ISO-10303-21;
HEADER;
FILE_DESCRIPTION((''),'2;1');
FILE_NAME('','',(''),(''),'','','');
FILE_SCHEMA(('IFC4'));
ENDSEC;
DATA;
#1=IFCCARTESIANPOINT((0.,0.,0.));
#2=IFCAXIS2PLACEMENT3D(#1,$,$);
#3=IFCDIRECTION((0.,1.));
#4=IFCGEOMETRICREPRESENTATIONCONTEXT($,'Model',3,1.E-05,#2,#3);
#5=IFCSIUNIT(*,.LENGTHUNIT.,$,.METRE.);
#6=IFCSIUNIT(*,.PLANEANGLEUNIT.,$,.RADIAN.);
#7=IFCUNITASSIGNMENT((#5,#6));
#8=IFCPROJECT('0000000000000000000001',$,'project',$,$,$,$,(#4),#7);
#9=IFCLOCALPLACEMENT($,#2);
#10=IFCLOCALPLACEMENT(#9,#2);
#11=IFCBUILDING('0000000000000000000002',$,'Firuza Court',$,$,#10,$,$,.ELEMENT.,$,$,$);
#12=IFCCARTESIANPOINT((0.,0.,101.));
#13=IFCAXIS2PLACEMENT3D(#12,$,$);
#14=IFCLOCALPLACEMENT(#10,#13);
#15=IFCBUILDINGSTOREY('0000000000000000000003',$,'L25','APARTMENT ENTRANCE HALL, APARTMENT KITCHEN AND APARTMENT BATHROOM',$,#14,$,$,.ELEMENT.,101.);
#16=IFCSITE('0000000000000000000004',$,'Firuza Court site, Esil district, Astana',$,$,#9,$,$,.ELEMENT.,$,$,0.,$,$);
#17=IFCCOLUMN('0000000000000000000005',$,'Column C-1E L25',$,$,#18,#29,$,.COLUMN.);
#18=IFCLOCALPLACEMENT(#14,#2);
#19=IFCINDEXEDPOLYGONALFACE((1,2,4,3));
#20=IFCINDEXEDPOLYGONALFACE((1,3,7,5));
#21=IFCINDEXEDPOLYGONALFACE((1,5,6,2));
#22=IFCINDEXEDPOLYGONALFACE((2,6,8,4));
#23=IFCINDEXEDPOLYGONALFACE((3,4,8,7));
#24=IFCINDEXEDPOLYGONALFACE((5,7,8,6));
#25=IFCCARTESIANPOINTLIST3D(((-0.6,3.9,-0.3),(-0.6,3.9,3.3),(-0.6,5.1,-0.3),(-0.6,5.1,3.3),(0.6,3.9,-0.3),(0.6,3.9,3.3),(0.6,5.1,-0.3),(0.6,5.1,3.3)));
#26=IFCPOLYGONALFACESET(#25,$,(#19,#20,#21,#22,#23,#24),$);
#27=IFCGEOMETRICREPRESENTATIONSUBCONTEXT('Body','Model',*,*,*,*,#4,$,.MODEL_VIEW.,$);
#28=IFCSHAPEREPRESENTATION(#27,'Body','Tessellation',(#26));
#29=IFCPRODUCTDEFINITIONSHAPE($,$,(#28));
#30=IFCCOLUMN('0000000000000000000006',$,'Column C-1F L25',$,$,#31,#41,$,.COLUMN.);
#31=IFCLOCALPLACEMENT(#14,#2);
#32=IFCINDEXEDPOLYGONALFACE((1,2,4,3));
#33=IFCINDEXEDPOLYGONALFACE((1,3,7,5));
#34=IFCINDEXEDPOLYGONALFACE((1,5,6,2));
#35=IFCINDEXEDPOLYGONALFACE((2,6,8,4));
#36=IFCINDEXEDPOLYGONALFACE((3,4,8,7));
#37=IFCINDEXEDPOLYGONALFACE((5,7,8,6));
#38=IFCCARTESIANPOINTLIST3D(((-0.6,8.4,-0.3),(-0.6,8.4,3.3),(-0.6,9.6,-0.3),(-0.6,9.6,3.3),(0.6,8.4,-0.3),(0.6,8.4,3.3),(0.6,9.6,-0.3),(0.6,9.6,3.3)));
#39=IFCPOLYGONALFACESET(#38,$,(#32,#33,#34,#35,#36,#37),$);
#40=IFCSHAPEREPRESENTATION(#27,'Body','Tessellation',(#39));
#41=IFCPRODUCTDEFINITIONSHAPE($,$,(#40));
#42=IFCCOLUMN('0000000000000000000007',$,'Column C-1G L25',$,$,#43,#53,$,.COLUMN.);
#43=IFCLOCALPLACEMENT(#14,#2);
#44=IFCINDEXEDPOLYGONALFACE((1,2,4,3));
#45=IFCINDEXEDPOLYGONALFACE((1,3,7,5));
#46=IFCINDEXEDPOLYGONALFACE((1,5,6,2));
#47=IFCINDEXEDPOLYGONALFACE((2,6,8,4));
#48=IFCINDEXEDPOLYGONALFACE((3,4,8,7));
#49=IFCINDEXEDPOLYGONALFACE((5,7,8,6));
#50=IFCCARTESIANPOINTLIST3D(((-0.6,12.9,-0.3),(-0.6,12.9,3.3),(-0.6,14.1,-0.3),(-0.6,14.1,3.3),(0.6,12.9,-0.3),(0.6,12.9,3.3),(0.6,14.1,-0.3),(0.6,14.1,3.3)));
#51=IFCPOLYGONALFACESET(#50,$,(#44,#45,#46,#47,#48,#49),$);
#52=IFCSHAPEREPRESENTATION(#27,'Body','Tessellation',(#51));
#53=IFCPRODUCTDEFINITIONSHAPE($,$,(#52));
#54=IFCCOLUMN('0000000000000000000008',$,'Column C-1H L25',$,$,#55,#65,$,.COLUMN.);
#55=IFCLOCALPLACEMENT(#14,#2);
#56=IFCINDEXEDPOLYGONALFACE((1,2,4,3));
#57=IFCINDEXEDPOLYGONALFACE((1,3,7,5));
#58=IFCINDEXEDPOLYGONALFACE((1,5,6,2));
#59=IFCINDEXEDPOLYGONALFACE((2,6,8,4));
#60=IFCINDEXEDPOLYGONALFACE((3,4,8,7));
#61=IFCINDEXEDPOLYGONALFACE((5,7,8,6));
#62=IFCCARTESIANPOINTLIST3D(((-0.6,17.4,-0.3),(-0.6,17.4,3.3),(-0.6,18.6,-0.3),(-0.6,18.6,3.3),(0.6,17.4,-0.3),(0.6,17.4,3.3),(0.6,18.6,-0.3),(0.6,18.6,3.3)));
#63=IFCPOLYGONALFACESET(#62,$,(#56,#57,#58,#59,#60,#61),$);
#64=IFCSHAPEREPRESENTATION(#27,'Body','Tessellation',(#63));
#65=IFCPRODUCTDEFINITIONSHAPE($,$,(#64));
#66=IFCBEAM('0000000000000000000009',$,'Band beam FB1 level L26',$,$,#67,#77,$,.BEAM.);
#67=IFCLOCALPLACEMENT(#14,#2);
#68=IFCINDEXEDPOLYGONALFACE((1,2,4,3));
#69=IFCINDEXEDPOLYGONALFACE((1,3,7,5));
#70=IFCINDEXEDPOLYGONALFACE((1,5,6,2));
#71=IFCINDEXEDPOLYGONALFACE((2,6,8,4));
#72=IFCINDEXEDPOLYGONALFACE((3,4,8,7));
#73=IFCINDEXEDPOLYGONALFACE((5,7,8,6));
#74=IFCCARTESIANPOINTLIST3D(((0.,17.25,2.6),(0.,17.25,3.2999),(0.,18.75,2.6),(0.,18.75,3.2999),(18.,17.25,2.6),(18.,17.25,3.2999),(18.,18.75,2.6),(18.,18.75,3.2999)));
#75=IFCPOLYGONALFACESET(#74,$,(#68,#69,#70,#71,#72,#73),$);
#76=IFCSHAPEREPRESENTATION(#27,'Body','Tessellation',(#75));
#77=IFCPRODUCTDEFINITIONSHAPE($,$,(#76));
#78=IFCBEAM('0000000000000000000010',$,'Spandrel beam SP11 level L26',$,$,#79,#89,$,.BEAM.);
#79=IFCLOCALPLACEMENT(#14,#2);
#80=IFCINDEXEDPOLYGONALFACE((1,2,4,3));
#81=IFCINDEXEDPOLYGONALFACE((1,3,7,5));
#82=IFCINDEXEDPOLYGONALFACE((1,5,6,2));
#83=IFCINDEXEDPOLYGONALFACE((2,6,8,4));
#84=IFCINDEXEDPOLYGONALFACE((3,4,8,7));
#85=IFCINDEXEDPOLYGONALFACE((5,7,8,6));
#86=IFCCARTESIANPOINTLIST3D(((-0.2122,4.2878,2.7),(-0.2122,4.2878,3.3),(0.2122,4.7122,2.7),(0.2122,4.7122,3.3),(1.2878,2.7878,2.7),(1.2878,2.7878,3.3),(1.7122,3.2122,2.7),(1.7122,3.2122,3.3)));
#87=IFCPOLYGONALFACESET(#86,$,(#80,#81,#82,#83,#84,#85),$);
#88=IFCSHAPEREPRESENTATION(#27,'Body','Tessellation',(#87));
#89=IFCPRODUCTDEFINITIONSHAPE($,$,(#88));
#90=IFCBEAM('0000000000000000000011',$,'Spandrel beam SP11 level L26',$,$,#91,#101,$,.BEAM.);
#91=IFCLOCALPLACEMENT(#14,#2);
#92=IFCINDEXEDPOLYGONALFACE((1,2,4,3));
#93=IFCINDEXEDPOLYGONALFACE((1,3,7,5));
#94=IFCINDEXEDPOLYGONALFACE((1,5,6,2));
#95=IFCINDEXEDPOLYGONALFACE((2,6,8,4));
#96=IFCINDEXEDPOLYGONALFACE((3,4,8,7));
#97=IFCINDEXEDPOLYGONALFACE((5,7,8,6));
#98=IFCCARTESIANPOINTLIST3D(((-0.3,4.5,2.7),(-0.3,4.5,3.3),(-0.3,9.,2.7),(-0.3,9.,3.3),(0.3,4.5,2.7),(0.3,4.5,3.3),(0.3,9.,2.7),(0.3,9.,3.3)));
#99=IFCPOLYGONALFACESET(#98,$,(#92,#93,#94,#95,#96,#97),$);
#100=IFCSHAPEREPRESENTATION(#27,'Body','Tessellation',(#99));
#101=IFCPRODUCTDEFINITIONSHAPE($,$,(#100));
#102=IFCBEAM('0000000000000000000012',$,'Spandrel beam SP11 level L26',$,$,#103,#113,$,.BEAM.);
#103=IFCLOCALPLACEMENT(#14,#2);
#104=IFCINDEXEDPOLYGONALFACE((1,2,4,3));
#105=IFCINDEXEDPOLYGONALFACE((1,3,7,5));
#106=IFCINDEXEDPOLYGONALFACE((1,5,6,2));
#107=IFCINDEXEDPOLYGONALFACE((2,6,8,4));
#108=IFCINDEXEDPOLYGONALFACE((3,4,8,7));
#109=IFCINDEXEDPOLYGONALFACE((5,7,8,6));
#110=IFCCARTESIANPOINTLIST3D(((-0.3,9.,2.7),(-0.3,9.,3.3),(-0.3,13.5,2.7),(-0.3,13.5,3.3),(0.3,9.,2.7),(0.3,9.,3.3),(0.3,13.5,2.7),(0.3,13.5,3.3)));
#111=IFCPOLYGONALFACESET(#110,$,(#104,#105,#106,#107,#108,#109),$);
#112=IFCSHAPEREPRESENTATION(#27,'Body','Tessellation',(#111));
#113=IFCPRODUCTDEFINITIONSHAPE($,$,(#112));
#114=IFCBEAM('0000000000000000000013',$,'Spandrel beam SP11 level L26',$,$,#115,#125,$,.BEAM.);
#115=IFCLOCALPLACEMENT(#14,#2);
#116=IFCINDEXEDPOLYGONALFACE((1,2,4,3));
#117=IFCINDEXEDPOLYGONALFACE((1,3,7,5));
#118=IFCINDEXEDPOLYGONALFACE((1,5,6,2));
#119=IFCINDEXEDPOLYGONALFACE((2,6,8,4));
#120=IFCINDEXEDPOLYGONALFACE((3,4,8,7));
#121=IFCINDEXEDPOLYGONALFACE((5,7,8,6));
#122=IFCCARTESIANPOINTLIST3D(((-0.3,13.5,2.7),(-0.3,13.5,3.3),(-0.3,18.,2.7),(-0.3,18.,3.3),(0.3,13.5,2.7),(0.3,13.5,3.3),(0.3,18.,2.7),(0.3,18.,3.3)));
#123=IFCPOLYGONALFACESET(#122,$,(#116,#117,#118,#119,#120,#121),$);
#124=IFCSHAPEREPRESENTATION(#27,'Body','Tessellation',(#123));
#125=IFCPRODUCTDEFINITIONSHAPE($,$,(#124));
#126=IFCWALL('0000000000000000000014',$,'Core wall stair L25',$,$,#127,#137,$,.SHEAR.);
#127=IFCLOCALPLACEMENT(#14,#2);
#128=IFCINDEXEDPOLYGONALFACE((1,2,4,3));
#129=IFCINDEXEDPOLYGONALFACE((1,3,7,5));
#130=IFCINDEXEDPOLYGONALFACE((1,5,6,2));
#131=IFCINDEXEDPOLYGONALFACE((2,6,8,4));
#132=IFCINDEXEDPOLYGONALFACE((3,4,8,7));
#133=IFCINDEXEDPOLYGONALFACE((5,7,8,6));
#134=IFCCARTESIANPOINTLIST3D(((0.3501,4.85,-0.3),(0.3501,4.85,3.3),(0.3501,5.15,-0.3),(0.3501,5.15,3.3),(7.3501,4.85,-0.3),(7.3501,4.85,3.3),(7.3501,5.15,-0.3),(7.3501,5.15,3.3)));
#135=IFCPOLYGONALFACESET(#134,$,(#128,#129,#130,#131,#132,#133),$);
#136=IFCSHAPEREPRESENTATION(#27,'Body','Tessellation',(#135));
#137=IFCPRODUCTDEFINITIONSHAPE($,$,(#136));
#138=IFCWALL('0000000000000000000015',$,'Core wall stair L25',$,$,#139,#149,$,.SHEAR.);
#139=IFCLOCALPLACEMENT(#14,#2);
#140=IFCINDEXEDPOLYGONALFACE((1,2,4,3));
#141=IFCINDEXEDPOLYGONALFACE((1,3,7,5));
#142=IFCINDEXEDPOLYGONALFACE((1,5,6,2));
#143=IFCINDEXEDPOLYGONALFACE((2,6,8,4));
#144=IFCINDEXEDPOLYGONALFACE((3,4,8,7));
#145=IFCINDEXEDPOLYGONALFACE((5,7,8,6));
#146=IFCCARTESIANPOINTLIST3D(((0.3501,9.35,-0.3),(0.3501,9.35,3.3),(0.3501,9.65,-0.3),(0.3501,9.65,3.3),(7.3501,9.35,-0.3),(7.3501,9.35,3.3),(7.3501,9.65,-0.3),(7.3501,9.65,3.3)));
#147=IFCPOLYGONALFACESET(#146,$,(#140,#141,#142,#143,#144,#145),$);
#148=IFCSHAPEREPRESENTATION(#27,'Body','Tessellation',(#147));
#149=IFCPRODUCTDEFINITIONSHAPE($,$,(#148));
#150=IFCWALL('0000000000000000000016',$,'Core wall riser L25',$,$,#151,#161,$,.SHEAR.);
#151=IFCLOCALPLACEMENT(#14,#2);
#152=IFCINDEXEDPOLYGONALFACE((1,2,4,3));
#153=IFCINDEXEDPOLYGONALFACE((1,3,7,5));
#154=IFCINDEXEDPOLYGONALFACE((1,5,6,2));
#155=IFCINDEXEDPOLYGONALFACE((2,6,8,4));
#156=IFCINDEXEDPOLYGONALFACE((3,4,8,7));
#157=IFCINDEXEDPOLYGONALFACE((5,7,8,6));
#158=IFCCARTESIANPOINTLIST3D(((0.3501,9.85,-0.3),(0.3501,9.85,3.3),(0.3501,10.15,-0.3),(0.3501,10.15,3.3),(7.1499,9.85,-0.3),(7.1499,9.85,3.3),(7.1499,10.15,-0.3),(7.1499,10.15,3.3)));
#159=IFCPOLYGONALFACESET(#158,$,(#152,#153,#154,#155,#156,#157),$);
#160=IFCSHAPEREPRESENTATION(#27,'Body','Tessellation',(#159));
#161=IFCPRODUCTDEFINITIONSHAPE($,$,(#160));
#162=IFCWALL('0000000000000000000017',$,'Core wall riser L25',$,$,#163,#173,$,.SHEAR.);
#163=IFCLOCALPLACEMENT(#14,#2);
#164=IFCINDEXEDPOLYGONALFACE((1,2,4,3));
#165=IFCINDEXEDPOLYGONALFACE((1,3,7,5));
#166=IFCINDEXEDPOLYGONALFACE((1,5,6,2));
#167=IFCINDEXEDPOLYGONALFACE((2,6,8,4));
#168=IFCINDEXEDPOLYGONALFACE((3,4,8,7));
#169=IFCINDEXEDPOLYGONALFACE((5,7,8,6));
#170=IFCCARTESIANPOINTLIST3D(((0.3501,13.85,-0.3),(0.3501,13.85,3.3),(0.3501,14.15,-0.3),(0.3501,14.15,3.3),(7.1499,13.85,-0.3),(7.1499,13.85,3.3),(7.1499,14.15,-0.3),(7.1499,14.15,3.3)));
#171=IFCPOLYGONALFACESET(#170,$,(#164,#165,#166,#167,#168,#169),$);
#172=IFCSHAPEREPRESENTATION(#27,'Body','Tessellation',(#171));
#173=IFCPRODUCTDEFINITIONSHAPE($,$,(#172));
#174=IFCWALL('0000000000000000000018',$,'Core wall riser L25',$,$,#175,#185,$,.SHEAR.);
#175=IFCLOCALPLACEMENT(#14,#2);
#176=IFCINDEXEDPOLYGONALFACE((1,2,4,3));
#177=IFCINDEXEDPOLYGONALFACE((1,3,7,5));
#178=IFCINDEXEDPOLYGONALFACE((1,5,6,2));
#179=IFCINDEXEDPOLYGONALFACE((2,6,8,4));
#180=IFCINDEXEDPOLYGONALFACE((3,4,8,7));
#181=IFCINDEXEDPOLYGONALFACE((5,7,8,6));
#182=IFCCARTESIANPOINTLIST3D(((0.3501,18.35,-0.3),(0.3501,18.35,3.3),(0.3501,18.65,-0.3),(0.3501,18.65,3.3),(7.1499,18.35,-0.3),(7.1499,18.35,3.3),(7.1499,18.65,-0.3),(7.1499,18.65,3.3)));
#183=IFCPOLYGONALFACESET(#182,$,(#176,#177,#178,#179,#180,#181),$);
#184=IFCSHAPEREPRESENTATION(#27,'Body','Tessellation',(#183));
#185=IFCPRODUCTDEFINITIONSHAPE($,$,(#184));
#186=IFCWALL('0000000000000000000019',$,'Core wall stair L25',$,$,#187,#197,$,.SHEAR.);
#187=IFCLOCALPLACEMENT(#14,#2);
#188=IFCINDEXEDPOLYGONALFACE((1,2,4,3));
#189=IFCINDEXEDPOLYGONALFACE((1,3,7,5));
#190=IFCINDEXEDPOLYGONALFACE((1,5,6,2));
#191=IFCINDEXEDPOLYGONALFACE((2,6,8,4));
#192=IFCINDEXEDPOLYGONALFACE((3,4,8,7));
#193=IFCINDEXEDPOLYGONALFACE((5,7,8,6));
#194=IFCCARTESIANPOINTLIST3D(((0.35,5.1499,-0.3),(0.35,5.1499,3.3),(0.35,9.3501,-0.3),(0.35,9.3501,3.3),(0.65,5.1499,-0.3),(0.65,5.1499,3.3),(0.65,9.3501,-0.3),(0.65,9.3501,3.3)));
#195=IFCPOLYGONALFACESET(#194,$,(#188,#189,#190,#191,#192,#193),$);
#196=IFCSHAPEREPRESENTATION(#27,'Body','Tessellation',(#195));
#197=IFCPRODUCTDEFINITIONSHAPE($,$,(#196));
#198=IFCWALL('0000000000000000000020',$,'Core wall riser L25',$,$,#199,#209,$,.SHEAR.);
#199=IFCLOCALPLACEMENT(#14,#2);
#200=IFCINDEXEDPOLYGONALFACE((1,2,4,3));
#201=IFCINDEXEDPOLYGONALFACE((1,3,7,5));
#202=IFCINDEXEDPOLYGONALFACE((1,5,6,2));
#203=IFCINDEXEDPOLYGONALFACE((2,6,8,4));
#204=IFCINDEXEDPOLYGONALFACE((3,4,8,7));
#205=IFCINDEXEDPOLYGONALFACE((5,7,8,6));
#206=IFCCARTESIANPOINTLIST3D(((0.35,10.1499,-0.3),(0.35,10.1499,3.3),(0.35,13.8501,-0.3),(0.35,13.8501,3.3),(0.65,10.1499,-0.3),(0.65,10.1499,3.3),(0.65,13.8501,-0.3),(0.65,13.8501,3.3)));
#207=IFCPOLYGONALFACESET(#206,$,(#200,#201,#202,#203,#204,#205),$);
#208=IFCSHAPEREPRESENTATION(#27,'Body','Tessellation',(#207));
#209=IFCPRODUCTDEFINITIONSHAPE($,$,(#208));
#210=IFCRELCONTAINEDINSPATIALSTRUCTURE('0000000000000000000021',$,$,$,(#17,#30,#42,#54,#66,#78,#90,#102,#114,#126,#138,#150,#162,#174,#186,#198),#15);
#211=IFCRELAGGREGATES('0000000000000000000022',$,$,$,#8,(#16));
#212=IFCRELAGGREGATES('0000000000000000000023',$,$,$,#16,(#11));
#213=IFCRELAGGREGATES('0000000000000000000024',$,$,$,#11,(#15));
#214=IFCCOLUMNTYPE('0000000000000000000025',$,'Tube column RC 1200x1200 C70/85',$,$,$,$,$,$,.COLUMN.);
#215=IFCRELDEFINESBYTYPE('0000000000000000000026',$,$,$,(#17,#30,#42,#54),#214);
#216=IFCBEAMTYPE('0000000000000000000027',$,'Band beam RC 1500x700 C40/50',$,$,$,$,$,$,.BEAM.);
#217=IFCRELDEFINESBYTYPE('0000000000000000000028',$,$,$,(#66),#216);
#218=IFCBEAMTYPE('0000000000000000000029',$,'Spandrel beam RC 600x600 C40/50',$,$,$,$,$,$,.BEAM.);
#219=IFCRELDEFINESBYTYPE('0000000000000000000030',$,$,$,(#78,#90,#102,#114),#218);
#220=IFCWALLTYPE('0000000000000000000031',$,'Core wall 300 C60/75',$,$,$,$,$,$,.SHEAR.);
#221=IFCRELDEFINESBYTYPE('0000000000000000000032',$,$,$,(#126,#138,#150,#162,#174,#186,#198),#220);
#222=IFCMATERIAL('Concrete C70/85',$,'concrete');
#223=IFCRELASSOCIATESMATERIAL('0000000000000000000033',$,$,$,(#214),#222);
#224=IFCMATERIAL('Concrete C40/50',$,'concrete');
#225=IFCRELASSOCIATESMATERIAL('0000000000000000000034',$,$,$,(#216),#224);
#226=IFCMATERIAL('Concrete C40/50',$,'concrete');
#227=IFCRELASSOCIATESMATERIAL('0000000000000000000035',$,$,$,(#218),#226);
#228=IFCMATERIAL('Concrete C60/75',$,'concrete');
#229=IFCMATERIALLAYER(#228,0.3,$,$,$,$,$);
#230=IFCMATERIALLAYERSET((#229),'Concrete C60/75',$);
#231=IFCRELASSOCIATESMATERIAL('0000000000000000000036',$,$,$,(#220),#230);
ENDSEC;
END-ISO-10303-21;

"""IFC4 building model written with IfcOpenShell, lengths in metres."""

from ifc_helpers import new_model, si_unit, direction, frame, frame_2d, origin, origin_2d, place, context, subcontext, project, spatial, rectangle, extrude, material, layer, layer_set, material_profile, profile_set, type_object, element, save


model = new_model("IFC4")

# Units and contexts
model_context = context("Model", 3, precision=1e-05, world=origin(), true_north=direction((0.0, 1.0)))
body_context = subcontext(model_context, "Body", "Model", "MODEL_VIEW")
ifc_project = project(units=[si_unit("LENGTHUNIT", "METRE"), si_unit("PLANEANGLEUNIT", "RADIAN")], contexts=[model_context])

# Site, building, storey
site_placement = place(None, origin())
site = spatial("IfcSite", under=ifc_project, at=site_placement, Name="Firuza Court site, Esil district, Astana", CompositionType="ELEMENT", RefElevation=0.0)
building_placement = place(site_placement, origin())
building = spatial("IfcBuilding", under=site, at=building_placement, Name="Firuza Court", CompositionType="ELEMENT")
storey_placement = place(building_placement, frame((0.0, 0.0, 101.0)))
storey = spatial("IfcBuildingStorey", under=building, at=storey_placement, Name="L25", Description="APARTMENT ENTRANCE HALL, APARTMENT KITCHEN AND APARTMENT BATHROOM", CompositionType="ELEMENT", Elevation=101.0)

# Columns
ifc_material_1 = material(Name="Concrete C70/85", Category="concrete")
ifc_material_profile_1 = material_profile(ifc_material_1, rectangle(XDim=1.2, YDim=1.2, at=origin_2d()), Name="RC 1200x1200")
ifc_profile_set_1 = profile_set([ifc_material_profile_1], Name="Concrete C70/85")
column_type = type_object("IfcColumnType", Name="Tube column RC 1200x1200 C70/85", PredefinedType="COLUMN", material=ifc_profile_set_1)
for number, where, z_axis, x_axis, name in (
    (1, (0.0, 4.5, -0.3), (0.0, 0.0, 1.0), (1.0, 0.0, 0.0), "Column C-1E L25"),
    (2, (0.0, 9.0, -0.3), (0.0, 0.0, 1.0), (1.0, 0.0, 0.0), "Column C-1F L25"),
    (3, (0.0, 13.5, -0.3), (0.0, 0.0, 1.0), (1.0, 0.0, 0.0), "Column C-1G L25"),
    (4, (0.0, 18.0, -0.3), (0.0, 0.0, 1.0), (1.0, 0.0, 0.0), "Column C-1H L25"),
):
    element("IfcColumn", number, at=place(storey_placement, frame(where, z_axis=z_axis, x_axis=x_axis)), inside=storey, type_object=column_type, Name=name, PredefinedType="COLUMN", context=body_context, shape_type="SweptSolid", body=[
        extrude(rectangle(XDim=1.2, YDim=1.2, at=origin_2d()), origin(), (0.0, 0.0, 1.0), 3.6001),
    ])

# Beams
ifc_material_2 = material(Name="Concrete C40/50", Category="concrete")
ifc_material_profile_2 = material_profile(ifc_material_2, rectangle(XDim=1.5, YDim=0.7, at=origin_2d()), Name="RC 1500x700")
ifc_profile_set_2 = profile_set([ifc_material_profile_2], Name="Concrete C40/50")
beam_type_1 = type_object("IfcBeamType", Name="Band beam RC 1500x700 C40/50", PredefinedType="BEAM", material=ifc_profile_set_2)
beam_1_placement = place(storey_placement, frame((0.0, 18.0, 2.95), z_axis=(1.0, 0.0, 0.0), x_axis=(0.0, 1.0, 0.0)))
element("IfcBeam", 5, at=beam_1_placement, inside=storey, type_object=beam_type_1, Name="Band beam FB1 level L26", PredefinedType="BEAM", context=body_context, shape_type="SweptSolid", body=[
    extrude(rectangle(XDim=1.5, YDim=0.7, at=origin_2d()), origin(), (0.0, 0.0, 1.0), 18.0),
])
ifc_material_3 = material(Name="Concrete C40/50", Category="concrete")
ifc_material_profile_3 = material_profile(ifc_material_3, rectangle(XDim=0.6001, YDim=0.6001, at=origin_2d()), Name="RC 600x600")
ifc_profile_set_3 = profile_set([ifc_material_profile_3], Name="Concrete C40/50")
beam_type_2 = type_object("IfcBeamType", Name="Spandrel beam RC 600x600 C40/50", PredefinedType="BEAM", material=ifc_profile_set_3)
beam_2_placement = place(storey_placement, frame((0.0, 4.5, 3.0), z_axis=(0.707107, -0.707107, 0.0), x_axis=(0.707107, 0.707107, 0.0)))
element("IfcBeam", 6, at=beam_2_placement, inside=storey, type_object=beam_type_2, Name="Spandrel beam SP11 level L26", PredefinedType="BEAM", context=body_context, shape_type="SweptSolid", body=[
    extrude(rectangle(XDim=0.6001, YDim=0.6001, at=origin_2d()), origin(), (0.0, 0.0, 1.0), 2.1213),
])
for number, where, z_axis, x_axis, name in (
    (7, (0.0, 9.0, 3.0), (0.0, -1.0, 0.0), (1.0, 0.0, 0.0), "Spandrel beam SP11 level L26"),
    (8, (0.0, 13.5, 3.0), (0.0, -1.0, 0.0), (1.0, 0.0, 0.0), "Spandrel beam SP11 level L26"),
    (9, (0.0, 18.0, 3.0), (0.0, -1.0, 0.0), (1.0, 0.0, 0.0), "Spandrel beam SP11 level L26"),
):
    element("IfcBeam", number, at=place(storey_placement, frame(where, z_axis=z_axis, x_axis=x_axis)), inside=storey, type_object=beam_type_2, Name=name, PredefinedType="BEAM", context=body_context, shape_type="SweptSolid", body=[
        extrude(rectangle(XDim=0.6001, YDim=0.6001, at=origin_2d()), origin(), (0.0, 0.0, 1.0), 4.5),
    ])

# Walls
ifc_material_4 = material(Name="Concrete C60/75", Category="concrete")
ifc_layer_1 = layer(ifc_material_4, 0.3)
ifc_layer_set_1 = layer_set([ifc_layer_1], Name="Concrete C60/75")
wall_type_1 = type_object("IfcWallType", Name="Core wall 300 C60/75", PredefinedType="SHEAR", material=ifc_layer_set_1)
for number, where, z_axis, x_axis, name in (
    (10, (0.3501, 5.0, -0.3), (0.0, 0.0, 1.0), (1.0, 0.0, 0.0), "Core wall stair L25"),
    (11, (0.3501, 9.5, -0.3), (0.0, 0.0, 1.0), (1.0, 0.0, 0.0), "Core wall stair L25"),
):
    element("IfcWall", number, at=place(storey_placement, frame(where, z_axis=z_axis, x_axis=x_axis)), inside=storey, type_object=wall_type_1, Name=name, PredefinedType="SHEAR", context=body_context, shape_type="SweptSolid", body=[
        extrude(rectangle(XDim=7.0, YDim=0.3, at=frame_2d((3.5, 0.0))), origin(), (0.0, 0.0, 1.0), 3.6001),
    ])
for number, where, z_axis, x_axis, name in (
    (12, (0.3501, 10.0, -0.3), (0.0, 0.0, 1.0), (1.0, 0.0, 0.0), "Core wall riser L25"),
    (13, (0.3501, 14.0, -0.3), (0.0, 0.0, 1.0), (1.0, 0.0, 0.0), "Core wall riser L25"),
    (14, (0.3501, 18.5, -0.3), (0.0, 0.0, 1.0), (1.0, 0.0, 0.0), "Core wall riser L25"),
):
    element("IfcWall", number, at=place(storey_placement, frame(where, z_axis=z_axis, x_axis=x_axis)), inside=storey, type_object=wall_type_1, Name=name, PredefinedType="SHEAR", context=body_context, shape_type="SweptSolid", body=[
        extrude(rectangle(XDim=6.7998, YDim=0.3, at=frame_2d((3.3999, 0.0))), origin(), (0.0, 0.0, 1.0), 3.6001),
    ])
wall_1_placement = place(storey_placement, frame((0.5, 5.1499, -0.3), z_axis=(0.0, 0.0, 1.0), x_axis=(0.0, 1.0, 0.0)))
element("IfcWall", 15, at=wall_1_placement, inside=storey, type_object=wall_type_1, Name="Core wall stair L25", PredefinedType="SHEAR", context=body_context, shape_type="SweptSolid", body=[
    extrude(rectangle(XDim=4.2002, YDim=0.3, at=frame_2d((2.1001, 0.0))), origin(), (0.0, 0.0, 1.0), 3.6001),
])
for number, where, z_axis, x_axis, name in (
    (16, (0.5, 10.1499, -0.3), (0.0, 0.0, 1.0), (0.0, 1.0, 0.0), "Core wall riser L25"),
):
    element("IfcWall", number, at=place(storey_placement, frame(where, z_axis=z_axis, x_axis=x_axis)), inside=storey, type_object=wall_type_1, Name=name, PredefinedType="SHEAR", context=body_context, shape_type="SweptSolid", body=[
        extrude(rectangle(XDim=3.7002, YDim=0.3, at=frame_2d((1.8501, 0.0))), origin(), (0.0, 0.0, 1.0), 3.6001),
    ])

save(model, "model.ifc")
